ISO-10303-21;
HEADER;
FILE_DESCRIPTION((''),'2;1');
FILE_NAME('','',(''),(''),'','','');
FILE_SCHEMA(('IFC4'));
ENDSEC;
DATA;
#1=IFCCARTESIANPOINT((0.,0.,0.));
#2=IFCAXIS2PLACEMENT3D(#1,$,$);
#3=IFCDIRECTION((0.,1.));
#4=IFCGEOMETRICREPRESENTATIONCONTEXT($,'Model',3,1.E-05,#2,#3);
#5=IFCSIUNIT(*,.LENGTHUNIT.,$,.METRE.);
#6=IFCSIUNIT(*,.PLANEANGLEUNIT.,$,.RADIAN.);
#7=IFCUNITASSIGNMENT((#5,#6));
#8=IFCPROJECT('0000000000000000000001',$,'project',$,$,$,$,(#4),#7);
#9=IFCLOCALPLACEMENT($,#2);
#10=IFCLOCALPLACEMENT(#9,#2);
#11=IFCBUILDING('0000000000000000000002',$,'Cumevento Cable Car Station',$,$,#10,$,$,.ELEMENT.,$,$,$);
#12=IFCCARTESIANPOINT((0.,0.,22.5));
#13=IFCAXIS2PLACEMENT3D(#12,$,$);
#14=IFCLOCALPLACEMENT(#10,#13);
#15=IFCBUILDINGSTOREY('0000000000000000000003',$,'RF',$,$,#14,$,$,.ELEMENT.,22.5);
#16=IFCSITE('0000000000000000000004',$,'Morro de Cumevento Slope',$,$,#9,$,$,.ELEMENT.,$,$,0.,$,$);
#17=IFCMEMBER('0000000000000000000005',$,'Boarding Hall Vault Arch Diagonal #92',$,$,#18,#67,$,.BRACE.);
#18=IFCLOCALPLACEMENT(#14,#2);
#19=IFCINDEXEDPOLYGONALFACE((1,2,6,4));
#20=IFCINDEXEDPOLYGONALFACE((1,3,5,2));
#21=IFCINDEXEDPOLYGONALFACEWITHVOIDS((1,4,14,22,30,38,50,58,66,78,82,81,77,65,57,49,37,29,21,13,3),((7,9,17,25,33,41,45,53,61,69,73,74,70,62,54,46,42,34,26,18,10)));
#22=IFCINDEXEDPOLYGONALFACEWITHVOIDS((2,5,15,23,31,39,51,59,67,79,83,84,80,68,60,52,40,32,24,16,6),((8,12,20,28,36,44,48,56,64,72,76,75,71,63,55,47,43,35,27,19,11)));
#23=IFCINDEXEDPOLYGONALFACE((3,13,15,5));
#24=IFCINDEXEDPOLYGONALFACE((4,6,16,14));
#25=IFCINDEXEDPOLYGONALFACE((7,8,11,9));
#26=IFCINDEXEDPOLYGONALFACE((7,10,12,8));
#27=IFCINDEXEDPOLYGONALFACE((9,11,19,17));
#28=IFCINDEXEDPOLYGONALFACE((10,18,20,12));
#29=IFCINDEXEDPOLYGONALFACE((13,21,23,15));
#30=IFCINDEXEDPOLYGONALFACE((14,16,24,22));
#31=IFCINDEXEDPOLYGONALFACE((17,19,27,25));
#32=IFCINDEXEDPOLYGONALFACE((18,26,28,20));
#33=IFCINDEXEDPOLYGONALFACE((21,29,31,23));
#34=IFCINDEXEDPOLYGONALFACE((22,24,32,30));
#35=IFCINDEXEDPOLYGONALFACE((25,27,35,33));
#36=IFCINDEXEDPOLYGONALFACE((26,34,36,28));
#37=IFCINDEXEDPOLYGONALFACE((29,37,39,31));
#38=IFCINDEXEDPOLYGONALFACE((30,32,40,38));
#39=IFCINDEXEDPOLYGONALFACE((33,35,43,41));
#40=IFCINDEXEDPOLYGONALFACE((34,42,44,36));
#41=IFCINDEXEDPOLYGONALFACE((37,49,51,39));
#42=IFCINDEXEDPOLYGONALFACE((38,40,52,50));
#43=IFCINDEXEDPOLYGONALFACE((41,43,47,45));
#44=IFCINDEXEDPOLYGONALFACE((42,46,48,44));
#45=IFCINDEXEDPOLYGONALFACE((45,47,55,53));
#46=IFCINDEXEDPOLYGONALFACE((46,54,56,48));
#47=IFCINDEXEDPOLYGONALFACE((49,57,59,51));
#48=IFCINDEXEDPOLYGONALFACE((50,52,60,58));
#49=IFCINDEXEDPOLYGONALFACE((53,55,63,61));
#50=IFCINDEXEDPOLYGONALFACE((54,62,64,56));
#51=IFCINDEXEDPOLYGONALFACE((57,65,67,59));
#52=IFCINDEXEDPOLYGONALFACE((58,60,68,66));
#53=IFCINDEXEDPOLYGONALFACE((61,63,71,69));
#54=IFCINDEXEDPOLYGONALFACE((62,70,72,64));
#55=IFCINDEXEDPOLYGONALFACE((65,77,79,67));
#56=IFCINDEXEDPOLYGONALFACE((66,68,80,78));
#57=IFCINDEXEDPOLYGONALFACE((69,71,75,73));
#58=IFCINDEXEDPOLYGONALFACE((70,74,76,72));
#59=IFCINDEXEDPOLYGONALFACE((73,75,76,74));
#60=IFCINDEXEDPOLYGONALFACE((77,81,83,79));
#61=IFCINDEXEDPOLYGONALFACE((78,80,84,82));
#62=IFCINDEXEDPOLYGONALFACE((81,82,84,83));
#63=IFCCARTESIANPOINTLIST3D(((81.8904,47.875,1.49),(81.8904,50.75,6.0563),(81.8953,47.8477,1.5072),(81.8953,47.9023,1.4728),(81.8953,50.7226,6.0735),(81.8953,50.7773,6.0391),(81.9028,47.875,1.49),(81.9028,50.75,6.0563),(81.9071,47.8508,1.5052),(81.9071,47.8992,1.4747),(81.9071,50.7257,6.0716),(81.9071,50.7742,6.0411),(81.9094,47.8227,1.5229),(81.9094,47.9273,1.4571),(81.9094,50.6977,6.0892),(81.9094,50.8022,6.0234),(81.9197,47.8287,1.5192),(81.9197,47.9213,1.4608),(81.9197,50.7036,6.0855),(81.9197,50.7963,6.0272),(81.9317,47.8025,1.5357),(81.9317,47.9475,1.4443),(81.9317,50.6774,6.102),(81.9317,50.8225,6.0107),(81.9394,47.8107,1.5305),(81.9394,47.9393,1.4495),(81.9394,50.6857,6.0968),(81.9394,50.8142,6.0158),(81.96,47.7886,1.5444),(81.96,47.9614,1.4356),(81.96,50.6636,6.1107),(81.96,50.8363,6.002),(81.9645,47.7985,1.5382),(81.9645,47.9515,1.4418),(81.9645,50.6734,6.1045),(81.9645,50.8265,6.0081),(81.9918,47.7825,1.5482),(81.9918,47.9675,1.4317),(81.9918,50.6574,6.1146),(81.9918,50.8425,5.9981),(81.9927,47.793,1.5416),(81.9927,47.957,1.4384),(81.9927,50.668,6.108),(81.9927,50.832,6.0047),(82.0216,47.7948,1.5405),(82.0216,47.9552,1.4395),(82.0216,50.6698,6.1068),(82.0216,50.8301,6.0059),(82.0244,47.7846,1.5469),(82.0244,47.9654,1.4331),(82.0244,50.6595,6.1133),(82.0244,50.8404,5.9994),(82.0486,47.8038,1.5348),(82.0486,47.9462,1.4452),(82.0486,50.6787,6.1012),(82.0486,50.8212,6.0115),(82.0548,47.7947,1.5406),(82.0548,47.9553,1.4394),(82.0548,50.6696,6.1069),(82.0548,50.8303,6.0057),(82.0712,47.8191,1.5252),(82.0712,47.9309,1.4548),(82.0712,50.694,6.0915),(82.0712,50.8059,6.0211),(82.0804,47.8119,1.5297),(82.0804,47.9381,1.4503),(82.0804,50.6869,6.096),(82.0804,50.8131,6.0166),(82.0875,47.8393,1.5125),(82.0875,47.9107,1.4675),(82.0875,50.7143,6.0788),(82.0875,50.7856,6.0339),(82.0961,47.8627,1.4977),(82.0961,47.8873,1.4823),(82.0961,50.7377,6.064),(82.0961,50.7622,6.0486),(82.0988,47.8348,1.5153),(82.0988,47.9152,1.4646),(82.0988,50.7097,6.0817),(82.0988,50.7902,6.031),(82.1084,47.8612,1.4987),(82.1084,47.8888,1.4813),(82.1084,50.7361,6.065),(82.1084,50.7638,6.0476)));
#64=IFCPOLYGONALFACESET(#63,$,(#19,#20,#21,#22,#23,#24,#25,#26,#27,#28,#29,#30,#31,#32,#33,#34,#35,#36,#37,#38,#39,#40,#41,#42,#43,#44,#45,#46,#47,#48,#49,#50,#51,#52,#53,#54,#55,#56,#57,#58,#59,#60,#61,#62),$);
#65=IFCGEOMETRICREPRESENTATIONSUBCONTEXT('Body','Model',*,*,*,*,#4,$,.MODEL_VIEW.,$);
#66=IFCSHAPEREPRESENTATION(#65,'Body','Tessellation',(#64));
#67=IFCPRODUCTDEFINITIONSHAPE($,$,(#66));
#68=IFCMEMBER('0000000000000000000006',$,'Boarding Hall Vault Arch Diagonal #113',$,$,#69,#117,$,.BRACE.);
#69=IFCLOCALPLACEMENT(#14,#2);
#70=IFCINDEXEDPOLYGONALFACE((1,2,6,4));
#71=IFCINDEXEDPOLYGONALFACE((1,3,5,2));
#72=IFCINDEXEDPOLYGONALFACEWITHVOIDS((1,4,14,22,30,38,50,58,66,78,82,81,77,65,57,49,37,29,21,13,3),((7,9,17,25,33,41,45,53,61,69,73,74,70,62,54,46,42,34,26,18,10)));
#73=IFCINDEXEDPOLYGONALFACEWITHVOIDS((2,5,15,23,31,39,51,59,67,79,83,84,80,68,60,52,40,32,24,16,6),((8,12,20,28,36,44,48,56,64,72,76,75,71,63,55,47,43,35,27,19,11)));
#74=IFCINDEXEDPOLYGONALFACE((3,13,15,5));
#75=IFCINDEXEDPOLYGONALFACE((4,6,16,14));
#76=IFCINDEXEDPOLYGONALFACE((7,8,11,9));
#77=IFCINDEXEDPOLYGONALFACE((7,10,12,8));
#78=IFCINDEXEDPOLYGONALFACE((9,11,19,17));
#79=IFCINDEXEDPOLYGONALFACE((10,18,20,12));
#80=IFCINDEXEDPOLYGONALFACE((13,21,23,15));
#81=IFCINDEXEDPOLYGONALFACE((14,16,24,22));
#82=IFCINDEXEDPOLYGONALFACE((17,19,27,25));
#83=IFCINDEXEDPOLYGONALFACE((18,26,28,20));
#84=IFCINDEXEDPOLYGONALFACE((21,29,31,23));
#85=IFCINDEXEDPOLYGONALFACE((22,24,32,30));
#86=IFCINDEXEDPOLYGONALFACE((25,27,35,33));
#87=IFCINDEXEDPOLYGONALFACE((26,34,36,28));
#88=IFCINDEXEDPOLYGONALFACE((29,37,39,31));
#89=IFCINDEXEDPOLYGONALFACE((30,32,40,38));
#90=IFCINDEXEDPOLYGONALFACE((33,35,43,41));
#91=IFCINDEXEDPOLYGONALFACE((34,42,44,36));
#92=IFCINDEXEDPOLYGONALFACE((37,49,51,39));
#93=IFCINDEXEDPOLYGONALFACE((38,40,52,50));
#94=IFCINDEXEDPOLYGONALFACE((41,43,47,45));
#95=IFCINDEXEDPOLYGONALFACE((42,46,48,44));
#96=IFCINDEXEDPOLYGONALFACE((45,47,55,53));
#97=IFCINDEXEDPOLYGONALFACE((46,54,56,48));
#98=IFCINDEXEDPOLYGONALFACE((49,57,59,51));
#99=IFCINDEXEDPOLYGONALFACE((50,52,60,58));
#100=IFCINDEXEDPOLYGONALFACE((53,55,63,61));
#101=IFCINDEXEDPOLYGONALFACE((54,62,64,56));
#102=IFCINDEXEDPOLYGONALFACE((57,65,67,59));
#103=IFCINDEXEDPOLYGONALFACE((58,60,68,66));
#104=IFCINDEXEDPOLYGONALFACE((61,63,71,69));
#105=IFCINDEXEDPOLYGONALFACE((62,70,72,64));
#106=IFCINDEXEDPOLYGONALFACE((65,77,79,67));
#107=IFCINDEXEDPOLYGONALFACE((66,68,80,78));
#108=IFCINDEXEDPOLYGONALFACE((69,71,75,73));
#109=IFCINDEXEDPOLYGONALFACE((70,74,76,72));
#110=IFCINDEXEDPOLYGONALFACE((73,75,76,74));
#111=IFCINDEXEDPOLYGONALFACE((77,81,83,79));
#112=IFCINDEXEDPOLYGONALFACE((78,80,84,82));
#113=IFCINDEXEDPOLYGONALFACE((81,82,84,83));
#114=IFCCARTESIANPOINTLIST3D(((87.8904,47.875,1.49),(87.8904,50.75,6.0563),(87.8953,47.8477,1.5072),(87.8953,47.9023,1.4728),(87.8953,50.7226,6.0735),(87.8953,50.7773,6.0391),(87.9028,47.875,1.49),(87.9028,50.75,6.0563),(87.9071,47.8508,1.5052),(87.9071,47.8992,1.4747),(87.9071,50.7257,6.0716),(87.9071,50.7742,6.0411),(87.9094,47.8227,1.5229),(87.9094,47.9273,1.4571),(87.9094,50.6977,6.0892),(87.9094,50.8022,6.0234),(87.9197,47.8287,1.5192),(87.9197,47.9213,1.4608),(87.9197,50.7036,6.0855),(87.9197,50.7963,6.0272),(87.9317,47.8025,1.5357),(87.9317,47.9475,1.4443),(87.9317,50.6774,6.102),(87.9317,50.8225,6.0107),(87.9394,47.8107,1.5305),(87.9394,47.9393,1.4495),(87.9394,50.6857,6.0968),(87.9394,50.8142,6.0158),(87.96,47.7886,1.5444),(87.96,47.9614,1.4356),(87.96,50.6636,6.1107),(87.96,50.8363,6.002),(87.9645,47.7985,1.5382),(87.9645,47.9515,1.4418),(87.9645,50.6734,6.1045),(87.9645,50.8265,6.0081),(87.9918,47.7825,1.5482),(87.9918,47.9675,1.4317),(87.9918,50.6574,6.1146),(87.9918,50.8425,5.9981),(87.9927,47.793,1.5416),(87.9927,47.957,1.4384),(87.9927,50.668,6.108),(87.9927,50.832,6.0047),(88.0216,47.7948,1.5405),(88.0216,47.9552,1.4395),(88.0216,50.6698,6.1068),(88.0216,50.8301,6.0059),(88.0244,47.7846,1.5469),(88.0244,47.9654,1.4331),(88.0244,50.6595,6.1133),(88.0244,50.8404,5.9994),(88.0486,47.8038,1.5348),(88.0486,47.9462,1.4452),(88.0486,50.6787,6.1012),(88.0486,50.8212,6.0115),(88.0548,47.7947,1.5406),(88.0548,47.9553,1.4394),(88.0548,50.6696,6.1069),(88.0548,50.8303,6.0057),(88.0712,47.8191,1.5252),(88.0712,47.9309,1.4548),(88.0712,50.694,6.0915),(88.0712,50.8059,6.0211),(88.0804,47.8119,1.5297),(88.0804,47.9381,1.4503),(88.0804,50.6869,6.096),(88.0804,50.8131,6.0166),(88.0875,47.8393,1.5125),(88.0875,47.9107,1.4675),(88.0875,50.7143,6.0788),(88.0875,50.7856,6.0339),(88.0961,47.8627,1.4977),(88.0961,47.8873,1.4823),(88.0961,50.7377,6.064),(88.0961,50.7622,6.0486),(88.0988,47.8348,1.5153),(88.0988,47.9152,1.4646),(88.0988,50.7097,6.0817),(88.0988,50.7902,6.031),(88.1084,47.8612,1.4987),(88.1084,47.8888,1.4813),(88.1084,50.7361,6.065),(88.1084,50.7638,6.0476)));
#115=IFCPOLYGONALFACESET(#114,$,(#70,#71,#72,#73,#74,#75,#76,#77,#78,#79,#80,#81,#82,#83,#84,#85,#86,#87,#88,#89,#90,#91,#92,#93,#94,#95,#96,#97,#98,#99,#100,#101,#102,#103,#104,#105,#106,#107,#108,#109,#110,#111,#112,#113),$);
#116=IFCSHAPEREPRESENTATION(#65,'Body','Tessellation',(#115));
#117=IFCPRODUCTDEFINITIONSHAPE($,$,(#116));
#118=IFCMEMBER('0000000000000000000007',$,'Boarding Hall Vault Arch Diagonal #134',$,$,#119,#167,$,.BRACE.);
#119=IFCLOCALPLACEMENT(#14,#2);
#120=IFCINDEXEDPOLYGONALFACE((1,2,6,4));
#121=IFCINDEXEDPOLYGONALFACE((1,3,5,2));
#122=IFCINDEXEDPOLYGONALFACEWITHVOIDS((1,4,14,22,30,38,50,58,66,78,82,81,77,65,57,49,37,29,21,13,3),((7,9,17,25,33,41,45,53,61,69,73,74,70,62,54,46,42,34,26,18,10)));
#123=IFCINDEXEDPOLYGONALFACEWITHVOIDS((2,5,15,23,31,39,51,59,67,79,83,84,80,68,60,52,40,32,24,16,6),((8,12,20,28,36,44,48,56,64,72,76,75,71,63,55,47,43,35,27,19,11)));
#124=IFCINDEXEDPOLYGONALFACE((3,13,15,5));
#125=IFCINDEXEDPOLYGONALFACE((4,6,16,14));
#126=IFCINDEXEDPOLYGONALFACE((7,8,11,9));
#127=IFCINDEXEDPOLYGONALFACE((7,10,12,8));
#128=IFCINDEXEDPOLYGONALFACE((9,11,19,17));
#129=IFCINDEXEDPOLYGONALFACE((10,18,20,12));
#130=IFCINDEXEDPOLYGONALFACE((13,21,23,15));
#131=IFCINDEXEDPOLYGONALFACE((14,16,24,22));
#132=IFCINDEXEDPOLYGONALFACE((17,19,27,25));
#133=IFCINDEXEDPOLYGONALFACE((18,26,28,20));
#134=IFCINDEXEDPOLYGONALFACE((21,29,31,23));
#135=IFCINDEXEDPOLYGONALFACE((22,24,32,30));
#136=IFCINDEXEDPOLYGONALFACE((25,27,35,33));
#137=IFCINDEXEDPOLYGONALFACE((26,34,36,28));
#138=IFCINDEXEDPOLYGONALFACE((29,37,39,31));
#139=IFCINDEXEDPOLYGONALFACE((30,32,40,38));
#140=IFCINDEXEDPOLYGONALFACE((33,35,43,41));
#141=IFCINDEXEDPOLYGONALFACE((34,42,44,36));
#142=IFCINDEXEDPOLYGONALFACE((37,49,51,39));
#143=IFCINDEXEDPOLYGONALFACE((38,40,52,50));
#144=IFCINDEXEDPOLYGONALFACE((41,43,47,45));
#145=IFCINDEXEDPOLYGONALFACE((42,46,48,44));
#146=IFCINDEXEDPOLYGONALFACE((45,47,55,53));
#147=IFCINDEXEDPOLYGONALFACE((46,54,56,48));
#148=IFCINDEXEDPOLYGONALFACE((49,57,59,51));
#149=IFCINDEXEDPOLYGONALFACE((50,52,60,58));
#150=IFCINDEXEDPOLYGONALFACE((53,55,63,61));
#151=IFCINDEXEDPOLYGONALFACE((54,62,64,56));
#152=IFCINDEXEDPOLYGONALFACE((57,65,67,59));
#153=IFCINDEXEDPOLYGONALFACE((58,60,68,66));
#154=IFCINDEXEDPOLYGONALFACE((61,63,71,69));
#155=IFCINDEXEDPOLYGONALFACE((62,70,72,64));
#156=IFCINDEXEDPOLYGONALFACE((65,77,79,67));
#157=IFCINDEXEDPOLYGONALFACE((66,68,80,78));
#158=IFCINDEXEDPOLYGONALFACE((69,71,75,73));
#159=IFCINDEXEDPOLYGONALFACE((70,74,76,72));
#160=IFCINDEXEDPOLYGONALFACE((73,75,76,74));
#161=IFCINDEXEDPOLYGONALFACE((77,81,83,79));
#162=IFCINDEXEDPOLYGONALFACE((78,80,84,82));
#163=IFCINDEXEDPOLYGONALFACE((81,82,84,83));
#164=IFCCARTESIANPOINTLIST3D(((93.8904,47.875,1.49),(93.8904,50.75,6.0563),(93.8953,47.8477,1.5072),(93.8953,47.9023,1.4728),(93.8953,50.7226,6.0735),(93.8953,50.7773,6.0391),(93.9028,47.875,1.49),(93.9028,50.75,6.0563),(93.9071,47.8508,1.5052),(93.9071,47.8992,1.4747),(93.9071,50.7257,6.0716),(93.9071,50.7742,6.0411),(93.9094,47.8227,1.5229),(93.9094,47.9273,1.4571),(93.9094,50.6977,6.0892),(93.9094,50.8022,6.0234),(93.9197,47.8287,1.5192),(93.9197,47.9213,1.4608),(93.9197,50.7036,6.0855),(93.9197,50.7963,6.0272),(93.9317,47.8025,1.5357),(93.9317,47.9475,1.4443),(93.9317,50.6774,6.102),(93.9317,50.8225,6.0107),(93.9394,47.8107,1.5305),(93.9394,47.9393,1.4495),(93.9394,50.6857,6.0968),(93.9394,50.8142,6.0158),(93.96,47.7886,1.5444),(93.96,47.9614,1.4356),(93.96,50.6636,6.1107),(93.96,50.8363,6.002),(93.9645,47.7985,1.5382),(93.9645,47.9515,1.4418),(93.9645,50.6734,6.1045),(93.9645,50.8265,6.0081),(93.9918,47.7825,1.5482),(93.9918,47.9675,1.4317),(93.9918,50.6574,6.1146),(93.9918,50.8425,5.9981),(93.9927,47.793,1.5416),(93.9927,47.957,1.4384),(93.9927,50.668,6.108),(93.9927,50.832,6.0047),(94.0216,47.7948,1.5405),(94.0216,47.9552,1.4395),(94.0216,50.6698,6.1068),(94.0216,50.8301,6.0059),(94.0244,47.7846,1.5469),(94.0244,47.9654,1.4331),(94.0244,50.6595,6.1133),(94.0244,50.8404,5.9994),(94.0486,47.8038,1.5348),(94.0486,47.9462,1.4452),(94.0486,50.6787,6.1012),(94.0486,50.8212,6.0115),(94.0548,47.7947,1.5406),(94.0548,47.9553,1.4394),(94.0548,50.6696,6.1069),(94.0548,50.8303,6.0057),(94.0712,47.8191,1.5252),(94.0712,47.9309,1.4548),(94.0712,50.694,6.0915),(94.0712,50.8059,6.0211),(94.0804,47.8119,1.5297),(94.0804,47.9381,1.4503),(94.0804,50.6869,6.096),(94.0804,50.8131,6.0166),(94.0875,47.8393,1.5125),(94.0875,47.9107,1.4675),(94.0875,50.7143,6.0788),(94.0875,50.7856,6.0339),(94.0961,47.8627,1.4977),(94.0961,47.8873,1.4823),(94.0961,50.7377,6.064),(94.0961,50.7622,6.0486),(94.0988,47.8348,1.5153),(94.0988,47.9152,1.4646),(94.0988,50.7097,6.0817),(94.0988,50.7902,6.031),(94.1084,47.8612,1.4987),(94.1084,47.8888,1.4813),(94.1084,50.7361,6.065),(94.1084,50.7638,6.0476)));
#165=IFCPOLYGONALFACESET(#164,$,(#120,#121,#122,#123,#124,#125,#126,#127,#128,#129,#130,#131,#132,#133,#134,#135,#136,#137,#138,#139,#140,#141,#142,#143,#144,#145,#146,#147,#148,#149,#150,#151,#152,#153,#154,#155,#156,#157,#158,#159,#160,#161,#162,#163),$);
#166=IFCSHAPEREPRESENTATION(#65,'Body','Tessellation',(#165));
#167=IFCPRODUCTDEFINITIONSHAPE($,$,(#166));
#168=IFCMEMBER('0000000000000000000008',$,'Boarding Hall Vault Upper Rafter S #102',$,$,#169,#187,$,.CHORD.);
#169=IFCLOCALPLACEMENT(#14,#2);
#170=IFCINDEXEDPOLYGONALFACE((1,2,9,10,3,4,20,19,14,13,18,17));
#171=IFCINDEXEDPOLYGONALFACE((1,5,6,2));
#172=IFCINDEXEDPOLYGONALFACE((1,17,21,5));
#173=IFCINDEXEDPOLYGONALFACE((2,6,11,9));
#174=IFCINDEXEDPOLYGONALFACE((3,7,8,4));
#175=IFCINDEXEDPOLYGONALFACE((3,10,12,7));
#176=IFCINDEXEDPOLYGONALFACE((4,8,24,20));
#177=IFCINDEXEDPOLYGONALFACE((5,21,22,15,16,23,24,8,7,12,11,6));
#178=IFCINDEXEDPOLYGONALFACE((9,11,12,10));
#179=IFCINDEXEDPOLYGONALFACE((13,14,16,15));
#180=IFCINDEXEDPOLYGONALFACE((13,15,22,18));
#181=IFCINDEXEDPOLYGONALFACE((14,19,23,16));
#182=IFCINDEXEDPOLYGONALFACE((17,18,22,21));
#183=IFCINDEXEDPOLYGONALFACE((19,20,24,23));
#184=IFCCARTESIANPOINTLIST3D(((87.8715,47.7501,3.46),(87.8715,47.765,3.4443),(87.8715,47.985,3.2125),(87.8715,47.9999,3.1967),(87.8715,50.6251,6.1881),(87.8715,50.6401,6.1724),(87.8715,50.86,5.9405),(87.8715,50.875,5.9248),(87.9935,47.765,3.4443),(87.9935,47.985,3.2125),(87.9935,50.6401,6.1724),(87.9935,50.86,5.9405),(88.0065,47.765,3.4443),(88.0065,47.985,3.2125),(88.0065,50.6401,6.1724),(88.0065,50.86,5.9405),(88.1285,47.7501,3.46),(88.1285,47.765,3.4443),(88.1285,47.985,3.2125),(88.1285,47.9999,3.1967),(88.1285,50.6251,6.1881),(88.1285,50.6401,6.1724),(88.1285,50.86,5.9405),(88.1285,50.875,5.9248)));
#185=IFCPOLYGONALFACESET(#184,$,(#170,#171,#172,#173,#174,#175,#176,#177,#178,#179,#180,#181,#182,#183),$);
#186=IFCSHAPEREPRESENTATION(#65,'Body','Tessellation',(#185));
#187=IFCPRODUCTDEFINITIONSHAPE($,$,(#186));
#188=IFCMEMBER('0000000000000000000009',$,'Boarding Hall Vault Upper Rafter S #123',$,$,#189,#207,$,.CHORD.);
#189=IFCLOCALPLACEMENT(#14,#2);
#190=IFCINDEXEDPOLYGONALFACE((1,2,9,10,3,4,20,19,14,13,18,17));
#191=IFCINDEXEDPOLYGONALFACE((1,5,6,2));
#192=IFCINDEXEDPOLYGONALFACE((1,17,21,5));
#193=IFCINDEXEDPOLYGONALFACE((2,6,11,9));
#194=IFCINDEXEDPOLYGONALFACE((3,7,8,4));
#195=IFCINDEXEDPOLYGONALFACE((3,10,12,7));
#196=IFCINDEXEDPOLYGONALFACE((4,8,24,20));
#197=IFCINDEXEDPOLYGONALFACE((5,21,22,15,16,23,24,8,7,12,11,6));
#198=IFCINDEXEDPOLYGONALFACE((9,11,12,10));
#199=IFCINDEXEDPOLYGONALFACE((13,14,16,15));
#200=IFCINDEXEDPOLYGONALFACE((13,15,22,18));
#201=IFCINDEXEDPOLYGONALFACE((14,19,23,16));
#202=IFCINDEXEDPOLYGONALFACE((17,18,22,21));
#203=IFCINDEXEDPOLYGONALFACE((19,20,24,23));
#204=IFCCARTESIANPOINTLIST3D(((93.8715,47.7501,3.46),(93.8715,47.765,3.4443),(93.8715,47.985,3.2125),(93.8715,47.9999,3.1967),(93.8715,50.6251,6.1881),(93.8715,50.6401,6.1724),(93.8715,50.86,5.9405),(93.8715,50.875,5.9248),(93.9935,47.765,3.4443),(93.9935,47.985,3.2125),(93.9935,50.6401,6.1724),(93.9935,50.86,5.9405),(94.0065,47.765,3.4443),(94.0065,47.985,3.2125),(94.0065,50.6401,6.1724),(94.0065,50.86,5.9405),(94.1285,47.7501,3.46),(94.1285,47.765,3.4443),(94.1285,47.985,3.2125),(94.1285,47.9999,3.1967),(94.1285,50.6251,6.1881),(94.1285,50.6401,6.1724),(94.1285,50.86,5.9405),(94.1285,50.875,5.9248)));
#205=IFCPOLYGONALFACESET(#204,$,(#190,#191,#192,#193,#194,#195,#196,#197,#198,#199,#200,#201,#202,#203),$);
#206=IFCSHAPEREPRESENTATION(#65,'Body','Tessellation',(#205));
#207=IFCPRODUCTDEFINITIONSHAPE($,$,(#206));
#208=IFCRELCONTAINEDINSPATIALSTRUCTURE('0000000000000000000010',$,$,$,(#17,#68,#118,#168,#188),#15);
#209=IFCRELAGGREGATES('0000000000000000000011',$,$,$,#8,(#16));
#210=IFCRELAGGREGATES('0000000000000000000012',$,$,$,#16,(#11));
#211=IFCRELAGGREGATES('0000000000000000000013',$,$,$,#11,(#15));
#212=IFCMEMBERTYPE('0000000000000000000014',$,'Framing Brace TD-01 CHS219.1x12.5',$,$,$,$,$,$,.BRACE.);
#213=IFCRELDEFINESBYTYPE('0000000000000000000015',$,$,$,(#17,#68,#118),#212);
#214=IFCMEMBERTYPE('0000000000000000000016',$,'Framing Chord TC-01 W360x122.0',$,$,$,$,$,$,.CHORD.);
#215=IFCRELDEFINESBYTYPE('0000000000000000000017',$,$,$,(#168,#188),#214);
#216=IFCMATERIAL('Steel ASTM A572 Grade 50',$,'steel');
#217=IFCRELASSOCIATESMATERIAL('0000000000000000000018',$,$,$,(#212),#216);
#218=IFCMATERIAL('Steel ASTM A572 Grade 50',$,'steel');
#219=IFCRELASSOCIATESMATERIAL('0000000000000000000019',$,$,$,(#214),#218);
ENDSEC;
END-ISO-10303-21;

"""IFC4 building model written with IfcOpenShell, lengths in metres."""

from ifc_helpers import new_model, si_unit, direction, frame, origin, origin_2d, place, context, subcontext, project, spatial, hollow_circle, i_section, extrude, material, material_profile, profile_set, type_object, element, save


model = new_model("IFC4")

# Units and contexts
model_context = context("Model", 3, precision=1e-05, world=origin(), true_north=direction((0.0, 1.0)))
body_context = subcontext(model_context, "Body", "Model", "MODEL_VIEW")
ifc_project = project(units=[si_unit("LENGTHUNIT", "METRE"), si_unit("PLANEANGLEUNIT", "RADIAN")], contexts=[model_context])

# Site, building, storey
site_placement = place(None, origin())
site = spatial("IfcSite", under=ifc_project, at=site_placement, Name="Morro de Cumevento Slope", CompositionType="ELEMENT", RefElevation=0.0)
building_placement = place(site_placement, origin())
building = spatial("IfcBuilding", under=site, at=building_placement, Name="Cumevento Cable Car Station", CompositionType="ELEMENT")
storey_placement = place(building_placement, frame((0.0, 0.0, 22.5)))
storey = spatial("IfcBuildingStorey", under=building, at=storey_placement, Name="RF", CompositionType="ELEMENT", Elevation=22.5)

# Members
ifc_material_1 = material(Name="Steel ASTM A572 Grade 50", Category="steel")
ifc_material_profile_1 = material_profile(ifc_material_1, hollow_circle(Radius=0.1096, WallThickness=0.0125, at=origin_2d()), Name="CHS219.1x12.5")
ifc_profile_set_1 = profile_set([ifc_material_profile_1], Name="Steel ASTM A572 Grade 50")
member_type_1 = type_object("IfcMemberType", Name="Framing Brace TD-01 CHS219.1x12.5", PredefinedType="BRACE", material=ifc_profile_set_1)
for number, where, z_axis, x_axis, name in (
    (1, (82.0, 47.875, 1.49), (0.0, 0.532794, 0.846245), (-1.0, 0.0, 0.0), "Boarding Hall Vault Arch Diagonal #92"),
    (2, (88.0, 47.875, 1.49), (0.0, 0.532794, 0.846245), (-1.0, 0.0, 0.0), "Boarding Hall Vault Arch Diagonal #113"),
    (3, (94.0, 47.875, 1.49), (0.0, 0.532794, 0.846245), (-1.0, 0.0, 0.0), "Boarding Hall Vault Arch Diagonal #134"),
):
    element("IfcMember", number, at=place(storey_placement, frame(where, z_axis=z_axis, x_axis=x_axis)), inside=storey, type_object=member_type_1, Name=name, PredefinedType="BRACE", context=body_context, shape_type="SweptSolid", body=[
        extrude(hollow_circle(Radius=0.1096, WallThickness=0.0125, at=origin_2d()), origin(), (0.0, 0.0, 1.0), 5.396),
    ])
ifc_material_2 = material(Name="Steel ASTM A572 Grade 50", Category="steel")
ifc_material_profile_2 = material_profile(ifc_material_2, i_section(OverallWidth=0.2571, OverallDepth=0.363, WebThickness=0.0129, FlangeThickness=0.0217, at=origin_2d()), Name="W360x122.0")
ifc_profile_set_2 = profile_set([ifc_material_profile_2], Name="Steel ASTM A572 Grade 50")
member_type_2 = type_object("IfcMemberType", Name="Framing Chord TC-01 W360x122.0", PredefinedType="CHORD", material=ifc_profile_set_2)
for number, where, z_axis, x_axis, name in (
    (4, (88.0, 47.875, 3.3284), (0.0, 0.725405, 0.688322), (-1.0, 0.0, 0.0), "Boarding Hall Vault Upper Rafter S #102"),
    (5, (94.0, 47.875, 3.3284), (0.0, 0.725405, 0.688322), (-1.0, 0.0, 0.0), "Boarding Hall Vault Upper Rafter S #123"),
):
    element("IfcMember", number, at=place(storey_placement, frame(where, z_axis=z_axis, x_axis=x_axis)), inside=storey, type_object=member_type_2, Name=name, PredefinedType="CHORD", context=body_context, shape_type="SweptSolid", body=[
        extrude(i_section(OverallWidth=0.2571, OverallDepth=0.363, WebThickness=0.0129, FlangeThickness=0.0217, at=origin_2d()), origin(), (0.0, 0.0, 1.0), 3.9634),
    ])

save(model, "model.ifc")
